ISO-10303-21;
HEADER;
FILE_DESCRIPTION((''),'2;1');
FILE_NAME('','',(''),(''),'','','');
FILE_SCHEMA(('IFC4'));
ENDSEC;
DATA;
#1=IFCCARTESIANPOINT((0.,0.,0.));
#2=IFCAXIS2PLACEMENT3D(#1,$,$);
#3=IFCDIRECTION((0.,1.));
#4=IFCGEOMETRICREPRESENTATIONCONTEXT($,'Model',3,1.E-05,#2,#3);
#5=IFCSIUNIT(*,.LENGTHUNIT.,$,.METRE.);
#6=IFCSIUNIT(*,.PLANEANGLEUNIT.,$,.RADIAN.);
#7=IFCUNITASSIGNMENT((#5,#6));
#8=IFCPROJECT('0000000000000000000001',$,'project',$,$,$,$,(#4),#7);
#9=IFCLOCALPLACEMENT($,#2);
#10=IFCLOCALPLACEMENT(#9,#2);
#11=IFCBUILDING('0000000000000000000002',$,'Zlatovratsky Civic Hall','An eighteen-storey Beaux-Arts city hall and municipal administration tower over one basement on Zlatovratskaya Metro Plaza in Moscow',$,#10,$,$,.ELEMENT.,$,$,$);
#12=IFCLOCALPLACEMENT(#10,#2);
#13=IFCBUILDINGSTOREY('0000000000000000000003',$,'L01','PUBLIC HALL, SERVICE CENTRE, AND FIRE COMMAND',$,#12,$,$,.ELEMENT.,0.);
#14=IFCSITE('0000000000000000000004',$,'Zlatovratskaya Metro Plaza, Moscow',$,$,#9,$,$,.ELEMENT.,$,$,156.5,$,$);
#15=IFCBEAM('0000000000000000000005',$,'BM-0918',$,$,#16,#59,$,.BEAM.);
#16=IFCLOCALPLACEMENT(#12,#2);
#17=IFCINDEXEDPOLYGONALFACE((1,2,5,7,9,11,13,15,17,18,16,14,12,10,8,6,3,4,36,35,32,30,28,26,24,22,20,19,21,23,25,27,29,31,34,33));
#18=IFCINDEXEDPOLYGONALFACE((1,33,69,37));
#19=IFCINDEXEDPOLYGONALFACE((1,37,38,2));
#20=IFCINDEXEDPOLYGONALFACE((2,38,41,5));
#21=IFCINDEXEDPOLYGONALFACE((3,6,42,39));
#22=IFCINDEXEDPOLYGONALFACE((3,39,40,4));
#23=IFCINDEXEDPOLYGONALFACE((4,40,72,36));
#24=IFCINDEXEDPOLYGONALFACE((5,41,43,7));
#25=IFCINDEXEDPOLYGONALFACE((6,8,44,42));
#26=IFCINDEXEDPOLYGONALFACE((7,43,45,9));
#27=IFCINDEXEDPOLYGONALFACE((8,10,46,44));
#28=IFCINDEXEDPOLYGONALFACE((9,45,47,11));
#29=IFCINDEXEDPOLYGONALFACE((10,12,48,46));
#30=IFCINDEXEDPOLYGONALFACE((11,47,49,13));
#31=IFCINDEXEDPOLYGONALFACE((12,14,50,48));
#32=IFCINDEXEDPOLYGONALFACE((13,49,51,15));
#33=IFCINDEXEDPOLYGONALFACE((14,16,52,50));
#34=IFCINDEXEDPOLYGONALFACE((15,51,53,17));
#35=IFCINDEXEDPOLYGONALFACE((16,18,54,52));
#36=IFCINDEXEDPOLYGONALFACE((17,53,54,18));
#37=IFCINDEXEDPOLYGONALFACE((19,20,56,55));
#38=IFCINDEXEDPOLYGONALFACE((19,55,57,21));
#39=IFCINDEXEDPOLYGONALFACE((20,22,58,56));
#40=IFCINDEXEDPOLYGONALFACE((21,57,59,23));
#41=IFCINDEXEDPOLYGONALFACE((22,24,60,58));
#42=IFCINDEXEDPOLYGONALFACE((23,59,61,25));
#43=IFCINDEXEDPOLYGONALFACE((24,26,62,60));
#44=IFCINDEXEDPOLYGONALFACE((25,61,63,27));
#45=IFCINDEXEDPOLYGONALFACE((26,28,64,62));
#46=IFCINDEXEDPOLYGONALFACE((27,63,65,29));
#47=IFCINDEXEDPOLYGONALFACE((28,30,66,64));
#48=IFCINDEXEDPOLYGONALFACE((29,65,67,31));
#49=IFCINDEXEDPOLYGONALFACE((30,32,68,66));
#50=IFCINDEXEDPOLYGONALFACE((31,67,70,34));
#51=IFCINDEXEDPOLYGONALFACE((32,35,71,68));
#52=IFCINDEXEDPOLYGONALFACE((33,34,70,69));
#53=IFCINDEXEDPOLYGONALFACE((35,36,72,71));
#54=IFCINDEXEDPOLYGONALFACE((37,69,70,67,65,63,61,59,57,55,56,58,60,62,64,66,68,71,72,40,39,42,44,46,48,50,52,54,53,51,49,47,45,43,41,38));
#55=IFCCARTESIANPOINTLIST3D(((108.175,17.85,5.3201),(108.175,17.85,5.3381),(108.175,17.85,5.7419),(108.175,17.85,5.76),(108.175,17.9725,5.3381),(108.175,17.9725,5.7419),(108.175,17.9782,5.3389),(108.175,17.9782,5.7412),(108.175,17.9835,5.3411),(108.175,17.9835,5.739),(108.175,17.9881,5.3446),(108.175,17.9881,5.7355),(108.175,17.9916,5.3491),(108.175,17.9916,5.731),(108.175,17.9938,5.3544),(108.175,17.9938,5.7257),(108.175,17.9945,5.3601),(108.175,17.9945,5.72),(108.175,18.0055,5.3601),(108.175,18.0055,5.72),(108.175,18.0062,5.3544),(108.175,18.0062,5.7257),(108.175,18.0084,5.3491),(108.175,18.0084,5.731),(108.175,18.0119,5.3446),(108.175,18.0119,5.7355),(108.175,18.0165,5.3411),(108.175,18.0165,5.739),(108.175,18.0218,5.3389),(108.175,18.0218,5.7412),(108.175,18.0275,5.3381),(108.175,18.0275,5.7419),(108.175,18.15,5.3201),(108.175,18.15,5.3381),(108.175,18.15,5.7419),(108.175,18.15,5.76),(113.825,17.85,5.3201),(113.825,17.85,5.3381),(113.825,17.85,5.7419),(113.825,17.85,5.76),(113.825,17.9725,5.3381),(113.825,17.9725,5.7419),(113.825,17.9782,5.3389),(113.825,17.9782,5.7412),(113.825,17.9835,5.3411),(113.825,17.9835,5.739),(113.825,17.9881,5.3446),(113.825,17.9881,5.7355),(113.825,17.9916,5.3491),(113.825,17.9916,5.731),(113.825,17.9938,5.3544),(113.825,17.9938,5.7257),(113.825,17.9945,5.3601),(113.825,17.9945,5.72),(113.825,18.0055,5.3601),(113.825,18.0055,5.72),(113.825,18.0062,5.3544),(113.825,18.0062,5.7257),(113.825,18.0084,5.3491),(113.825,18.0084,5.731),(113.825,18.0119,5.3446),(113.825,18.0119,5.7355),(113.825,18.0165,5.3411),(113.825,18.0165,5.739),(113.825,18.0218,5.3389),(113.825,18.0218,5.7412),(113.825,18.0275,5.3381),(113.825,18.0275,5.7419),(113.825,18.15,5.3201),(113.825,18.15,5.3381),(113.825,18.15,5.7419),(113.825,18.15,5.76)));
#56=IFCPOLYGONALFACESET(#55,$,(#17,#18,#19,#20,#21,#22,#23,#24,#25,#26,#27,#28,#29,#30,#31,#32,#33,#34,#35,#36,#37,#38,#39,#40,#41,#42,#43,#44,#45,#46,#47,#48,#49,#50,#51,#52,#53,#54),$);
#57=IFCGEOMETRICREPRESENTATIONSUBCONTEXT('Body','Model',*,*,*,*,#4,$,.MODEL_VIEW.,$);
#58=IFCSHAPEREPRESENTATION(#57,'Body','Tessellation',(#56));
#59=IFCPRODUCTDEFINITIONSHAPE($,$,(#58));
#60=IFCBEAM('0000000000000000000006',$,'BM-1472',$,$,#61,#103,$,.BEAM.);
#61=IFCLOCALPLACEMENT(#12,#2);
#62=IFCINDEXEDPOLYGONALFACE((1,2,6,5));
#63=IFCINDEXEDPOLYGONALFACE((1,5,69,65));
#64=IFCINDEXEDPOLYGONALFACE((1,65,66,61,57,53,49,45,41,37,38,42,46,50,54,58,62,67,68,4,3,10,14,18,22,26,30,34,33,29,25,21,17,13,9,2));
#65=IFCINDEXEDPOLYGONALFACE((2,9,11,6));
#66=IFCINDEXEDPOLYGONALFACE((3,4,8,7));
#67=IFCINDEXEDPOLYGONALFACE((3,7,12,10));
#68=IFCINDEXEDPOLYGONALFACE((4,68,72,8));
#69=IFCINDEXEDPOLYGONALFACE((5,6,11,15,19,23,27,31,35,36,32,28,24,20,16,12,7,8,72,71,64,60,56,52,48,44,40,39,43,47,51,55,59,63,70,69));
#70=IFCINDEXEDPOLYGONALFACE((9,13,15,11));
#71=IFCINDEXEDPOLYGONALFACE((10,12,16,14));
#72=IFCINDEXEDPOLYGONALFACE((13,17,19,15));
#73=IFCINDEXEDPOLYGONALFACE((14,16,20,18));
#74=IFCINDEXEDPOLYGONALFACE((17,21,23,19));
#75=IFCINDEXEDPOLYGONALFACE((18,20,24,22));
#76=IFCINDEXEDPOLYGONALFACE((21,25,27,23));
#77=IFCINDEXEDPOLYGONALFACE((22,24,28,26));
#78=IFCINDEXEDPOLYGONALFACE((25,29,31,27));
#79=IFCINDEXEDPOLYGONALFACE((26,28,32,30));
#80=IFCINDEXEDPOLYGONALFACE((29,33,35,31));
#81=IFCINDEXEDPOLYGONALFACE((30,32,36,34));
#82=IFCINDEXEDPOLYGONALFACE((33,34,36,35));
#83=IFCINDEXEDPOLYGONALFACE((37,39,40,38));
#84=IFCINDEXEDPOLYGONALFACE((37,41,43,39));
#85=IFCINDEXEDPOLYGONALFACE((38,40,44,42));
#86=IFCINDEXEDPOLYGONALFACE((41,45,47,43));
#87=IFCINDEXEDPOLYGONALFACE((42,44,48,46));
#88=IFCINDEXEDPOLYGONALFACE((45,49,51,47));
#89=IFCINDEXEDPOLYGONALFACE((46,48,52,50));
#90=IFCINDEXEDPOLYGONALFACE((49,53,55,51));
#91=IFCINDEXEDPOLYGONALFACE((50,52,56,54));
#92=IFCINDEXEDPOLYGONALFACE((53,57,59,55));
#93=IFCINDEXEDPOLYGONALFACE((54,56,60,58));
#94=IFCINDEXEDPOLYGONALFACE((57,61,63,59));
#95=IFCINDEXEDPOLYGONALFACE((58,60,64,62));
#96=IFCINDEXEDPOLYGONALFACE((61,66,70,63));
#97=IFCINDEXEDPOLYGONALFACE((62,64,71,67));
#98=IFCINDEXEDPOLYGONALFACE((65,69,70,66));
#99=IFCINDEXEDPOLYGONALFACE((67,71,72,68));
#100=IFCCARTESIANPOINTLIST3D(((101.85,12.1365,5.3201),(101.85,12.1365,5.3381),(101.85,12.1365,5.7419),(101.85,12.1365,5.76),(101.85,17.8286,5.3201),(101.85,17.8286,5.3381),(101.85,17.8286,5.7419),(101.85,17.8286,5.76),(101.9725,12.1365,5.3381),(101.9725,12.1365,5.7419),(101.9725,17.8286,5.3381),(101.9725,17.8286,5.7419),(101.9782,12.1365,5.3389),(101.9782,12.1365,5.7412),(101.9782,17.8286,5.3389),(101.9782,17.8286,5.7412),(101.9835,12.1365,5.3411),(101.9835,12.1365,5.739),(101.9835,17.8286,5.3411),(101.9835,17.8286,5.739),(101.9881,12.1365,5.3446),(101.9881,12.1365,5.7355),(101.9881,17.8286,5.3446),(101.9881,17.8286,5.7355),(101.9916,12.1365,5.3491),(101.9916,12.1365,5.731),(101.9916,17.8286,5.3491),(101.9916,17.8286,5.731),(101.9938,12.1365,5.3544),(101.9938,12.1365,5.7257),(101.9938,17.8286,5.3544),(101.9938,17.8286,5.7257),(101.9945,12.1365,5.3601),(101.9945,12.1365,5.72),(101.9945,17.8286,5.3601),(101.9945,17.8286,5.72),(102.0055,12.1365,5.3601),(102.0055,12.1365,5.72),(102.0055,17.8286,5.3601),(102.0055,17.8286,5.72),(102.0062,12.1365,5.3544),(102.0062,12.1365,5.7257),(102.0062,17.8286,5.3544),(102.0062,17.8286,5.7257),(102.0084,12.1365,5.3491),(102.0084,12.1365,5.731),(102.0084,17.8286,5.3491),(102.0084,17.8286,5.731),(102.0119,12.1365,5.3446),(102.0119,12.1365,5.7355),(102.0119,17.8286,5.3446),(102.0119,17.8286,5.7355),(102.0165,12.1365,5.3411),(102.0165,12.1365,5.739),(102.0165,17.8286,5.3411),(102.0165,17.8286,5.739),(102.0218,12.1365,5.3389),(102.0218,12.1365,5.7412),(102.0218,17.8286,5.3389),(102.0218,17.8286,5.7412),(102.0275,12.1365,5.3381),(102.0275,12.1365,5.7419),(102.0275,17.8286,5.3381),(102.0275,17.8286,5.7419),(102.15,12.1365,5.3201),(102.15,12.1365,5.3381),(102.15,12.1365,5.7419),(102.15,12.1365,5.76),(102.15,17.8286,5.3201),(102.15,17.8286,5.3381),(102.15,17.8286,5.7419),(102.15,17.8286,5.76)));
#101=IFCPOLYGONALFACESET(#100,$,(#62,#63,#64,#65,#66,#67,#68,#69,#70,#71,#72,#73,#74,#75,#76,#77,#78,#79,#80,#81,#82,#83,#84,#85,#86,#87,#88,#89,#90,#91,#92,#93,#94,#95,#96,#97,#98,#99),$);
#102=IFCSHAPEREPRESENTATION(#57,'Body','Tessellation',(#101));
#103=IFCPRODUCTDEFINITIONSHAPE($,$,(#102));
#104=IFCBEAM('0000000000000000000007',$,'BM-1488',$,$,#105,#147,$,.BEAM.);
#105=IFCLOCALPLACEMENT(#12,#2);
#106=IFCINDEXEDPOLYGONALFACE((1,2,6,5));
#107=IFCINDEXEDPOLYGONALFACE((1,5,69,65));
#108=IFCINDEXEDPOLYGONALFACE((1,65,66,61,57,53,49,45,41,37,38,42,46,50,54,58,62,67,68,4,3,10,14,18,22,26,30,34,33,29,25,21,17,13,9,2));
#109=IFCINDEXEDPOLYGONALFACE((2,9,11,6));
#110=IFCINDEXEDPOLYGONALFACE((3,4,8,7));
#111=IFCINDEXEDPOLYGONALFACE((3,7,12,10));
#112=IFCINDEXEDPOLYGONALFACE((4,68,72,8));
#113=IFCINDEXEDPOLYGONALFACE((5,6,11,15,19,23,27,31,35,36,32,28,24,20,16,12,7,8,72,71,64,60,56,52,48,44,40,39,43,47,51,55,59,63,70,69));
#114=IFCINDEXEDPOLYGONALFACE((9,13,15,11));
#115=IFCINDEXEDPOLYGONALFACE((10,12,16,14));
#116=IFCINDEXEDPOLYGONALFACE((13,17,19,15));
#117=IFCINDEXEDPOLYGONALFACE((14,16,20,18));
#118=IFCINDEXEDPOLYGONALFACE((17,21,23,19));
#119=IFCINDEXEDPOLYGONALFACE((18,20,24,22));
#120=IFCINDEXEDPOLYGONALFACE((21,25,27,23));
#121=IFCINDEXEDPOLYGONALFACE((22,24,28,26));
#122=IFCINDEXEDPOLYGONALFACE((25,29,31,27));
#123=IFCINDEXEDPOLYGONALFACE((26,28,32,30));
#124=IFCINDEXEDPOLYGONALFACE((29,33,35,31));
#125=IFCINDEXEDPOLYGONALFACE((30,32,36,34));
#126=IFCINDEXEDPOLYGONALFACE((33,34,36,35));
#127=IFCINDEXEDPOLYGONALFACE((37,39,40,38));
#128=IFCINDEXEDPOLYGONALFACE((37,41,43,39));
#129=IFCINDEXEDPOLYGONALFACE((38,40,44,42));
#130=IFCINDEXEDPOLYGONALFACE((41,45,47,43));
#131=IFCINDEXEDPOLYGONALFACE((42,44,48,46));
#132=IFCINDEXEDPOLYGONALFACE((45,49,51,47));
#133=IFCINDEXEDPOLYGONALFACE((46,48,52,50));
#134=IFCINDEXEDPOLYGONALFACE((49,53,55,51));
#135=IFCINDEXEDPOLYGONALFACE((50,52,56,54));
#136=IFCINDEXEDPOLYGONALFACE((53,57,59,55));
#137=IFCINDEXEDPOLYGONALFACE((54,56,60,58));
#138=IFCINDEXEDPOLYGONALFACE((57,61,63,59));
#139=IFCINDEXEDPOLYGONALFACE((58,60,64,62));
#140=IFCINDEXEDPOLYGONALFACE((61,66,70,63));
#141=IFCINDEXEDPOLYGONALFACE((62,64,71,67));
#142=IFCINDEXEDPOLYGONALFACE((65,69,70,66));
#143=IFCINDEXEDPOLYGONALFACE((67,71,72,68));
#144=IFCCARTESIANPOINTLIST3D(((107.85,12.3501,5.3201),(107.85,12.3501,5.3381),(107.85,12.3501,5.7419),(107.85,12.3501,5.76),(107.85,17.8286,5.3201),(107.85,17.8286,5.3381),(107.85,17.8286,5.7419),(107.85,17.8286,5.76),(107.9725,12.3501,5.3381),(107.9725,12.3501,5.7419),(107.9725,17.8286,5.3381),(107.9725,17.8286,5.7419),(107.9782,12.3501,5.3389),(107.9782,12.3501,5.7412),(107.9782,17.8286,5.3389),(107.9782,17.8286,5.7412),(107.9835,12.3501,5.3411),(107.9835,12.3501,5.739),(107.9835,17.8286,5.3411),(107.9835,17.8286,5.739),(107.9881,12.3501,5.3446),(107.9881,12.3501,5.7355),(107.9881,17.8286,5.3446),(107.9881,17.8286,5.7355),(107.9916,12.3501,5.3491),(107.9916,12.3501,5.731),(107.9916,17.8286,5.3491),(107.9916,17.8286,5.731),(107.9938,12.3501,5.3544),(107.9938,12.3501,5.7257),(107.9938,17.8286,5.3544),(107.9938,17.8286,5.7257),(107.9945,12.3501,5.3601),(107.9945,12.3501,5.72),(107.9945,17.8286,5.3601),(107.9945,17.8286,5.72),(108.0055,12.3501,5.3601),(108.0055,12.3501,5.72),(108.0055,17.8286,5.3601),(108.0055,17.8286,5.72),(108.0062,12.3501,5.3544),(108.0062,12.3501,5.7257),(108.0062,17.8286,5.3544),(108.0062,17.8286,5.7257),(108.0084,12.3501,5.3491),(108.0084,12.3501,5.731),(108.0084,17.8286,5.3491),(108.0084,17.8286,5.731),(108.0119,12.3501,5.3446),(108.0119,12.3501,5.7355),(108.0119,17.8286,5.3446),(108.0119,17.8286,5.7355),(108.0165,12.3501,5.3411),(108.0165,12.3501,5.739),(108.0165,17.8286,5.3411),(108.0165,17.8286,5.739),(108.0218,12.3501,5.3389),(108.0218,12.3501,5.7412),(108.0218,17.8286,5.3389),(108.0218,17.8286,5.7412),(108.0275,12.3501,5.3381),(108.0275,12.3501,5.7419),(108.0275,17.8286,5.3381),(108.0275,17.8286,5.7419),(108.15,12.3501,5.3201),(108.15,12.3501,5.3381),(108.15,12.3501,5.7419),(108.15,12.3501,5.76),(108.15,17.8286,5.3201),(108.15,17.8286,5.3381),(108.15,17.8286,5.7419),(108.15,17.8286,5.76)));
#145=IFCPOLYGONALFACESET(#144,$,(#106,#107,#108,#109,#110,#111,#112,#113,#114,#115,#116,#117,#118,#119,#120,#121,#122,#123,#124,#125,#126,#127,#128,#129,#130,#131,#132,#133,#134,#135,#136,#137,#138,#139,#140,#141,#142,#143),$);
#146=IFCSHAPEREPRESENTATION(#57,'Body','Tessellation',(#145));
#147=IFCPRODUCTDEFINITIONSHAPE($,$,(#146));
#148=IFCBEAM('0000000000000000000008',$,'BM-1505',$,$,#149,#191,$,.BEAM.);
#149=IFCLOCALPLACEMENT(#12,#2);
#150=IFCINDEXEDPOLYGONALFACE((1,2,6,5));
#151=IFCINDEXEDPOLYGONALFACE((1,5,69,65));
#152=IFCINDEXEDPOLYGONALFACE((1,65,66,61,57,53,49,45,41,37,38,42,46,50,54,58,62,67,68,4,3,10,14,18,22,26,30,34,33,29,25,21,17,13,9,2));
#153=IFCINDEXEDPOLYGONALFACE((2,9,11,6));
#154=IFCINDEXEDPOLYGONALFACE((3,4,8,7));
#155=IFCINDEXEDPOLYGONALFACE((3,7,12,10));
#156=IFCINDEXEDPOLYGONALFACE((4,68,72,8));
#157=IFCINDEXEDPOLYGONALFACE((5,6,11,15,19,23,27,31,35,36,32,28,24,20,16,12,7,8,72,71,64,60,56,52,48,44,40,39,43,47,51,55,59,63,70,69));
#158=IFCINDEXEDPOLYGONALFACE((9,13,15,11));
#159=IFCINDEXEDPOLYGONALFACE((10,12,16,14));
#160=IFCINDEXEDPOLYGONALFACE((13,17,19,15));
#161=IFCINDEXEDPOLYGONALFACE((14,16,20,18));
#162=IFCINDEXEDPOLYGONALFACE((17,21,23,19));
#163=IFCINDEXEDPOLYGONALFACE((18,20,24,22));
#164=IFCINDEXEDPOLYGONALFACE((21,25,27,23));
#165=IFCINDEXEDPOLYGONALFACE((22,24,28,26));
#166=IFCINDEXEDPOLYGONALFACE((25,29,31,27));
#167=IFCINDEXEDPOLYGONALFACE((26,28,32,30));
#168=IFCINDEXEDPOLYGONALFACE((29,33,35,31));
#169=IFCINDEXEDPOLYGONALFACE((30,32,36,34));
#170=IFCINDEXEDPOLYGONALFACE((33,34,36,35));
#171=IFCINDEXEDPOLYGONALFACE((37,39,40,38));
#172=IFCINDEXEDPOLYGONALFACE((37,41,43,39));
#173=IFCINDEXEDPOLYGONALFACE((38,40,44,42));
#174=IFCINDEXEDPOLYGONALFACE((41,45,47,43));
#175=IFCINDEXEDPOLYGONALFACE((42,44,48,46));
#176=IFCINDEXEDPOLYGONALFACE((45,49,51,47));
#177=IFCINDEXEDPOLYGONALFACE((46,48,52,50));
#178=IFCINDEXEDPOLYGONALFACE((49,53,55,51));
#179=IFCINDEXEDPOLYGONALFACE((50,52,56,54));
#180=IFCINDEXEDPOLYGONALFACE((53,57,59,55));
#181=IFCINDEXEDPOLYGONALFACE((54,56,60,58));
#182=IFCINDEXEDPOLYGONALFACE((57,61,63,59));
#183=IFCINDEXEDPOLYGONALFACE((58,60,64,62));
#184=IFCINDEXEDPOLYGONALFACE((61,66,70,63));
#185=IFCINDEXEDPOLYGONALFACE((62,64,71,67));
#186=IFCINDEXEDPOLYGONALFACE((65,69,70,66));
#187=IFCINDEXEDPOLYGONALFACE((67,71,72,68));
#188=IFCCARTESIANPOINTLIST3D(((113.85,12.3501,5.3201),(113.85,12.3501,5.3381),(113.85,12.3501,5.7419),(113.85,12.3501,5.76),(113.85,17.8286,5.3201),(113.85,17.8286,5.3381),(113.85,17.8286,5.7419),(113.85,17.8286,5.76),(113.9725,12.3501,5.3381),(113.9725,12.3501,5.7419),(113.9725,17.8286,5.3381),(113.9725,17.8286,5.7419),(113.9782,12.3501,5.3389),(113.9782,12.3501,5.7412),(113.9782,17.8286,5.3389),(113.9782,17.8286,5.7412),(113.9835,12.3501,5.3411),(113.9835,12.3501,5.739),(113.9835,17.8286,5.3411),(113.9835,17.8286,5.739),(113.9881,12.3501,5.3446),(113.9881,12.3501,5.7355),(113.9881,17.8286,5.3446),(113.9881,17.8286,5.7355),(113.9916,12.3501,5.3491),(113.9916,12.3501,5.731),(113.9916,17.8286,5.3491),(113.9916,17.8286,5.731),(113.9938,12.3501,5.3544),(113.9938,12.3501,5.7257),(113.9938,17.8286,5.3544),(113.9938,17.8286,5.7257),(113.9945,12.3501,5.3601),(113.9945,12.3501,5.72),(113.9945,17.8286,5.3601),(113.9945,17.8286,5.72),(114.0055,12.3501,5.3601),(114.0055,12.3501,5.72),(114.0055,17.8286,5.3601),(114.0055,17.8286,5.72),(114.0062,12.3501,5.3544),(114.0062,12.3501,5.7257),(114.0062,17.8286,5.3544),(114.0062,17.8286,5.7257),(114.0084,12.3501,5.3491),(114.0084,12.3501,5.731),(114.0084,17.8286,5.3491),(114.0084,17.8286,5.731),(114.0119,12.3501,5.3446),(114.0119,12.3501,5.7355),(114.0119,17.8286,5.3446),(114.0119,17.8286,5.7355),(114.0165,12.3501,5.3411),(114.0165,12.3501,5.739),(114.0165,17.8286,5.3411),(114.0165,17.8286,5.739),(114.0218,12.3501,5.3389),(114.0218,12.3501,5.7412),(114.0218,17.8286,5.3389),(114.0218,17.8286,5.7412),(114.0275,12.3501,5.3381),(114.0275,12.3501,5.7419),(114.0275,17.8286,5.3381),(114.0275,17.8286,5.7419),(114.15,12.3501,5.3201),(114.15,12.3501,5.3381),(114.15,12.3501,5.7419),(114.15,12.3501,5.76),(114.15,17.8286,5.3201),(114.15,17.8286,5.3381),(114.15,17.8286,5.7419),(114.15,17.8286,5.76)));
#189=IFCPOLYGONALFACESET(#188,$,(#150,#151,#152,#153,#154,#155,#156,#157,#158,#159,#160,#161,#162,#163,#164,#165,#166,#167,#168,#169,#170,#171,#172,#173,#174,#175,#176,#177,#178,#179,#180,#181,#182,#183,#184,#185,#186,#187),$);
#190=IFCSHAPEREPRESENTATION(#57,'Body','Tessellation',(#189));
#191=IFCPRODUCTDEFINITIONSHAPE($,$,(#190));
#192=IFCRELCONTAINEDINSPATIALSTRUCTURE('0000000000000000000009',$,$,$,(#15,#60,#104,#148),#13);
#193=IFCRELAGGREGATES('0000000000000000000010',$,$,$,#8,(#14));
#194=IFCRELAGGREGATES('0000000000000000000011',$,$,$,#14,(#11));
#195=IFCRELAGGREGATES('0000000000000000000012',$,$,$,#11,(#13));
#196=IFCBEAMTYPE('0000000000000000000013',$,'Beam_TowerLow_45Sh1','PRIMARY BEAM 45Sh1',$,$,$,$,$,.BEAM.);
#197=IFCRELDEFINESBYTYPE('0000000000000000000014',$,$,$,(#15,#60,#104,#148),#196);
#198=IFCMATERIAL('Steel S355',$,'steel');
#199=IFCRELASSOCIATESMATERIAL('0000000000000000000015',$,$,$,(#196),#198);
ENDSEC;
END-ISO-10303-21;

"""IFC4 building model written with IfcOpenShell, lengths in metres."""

from ifc_helpers import new_model, si_unit, direction, frame, origin, origin_2d, place, context, subcontext, project, spatial, i_section, extrude, material, material_profile, profile_set, type_object, element, save


model = new_model("IFC4")

# Units and contexts
model_context = context("Model", 3, precision=1e-05, world=origin(), true_north=direction((0.0, 1.0)))
body_context = subcontext(model_context, "Body", "Model", "MODEL_VIEW")
ifc_project = project(units=[si_unit("LENGTHUNIT", "METRE"), si_unit("PLANEANGLEUNIT", "RADIAN")], contexts=[model_context])

# Site, building, storey
site_placement = place(None, origin())
site = spatial("IfcSite", under=ifc_project, at=site_placement, Name="Zlatovratskaya Metro Plaza, Moscow", CompositionType="ELEMENT", RefElevation=156.5)
building_placement = place(site_placement, origin())
building = spatial("IfcBuilding", under=site, at=building_placement, Name="Zlatovratsky Civic Hall", Description="An eighteen-storey Beaux-Arts city hall and municipal administration tower over one basement on Zlatovratskaya Metro Plaza in Moscow", CompositionType="ELEMENT")
storey_placement = place(building_placement, origin())
storey = spatial("IfcBuildingStorey", under=building, at=storey_placement, Name="L01", Description="PUBLIC HALL, SERVICE CENTRE, AND FIRE COMMAND", CompositionType="ELEMENT", Elevation=0.0)

# Shared definitions
ifc_material_1 = material(Name="Steel S355", Category="steel")

# Beams
ifc_material_profile_1 = material_profile(ifc_material_1, i_section(OverallWidth=0.3, OverallDepth=0.4399, WebThickness=0.011, FlangeThickness=0.0181, FilletRadius=0.022, at=origin_2d()), Name="45Sh1")
ifc_profile_set_1 = profile_set([ifc_material_profile_1], Name="Steel S355")
beam_type_1 = type_object("IfcBeamType", Name="Beam_TowerLow_45Sh1", Description="PRIMARY BEAM 45Sh1", PredefinedType="BEAM", material=ifc_profile_set_1)
for number, where, z_axis, x_axis, name in (
    (1, (108.175, 18.0, 5.54), (1.0, 0.0, 0.0), (0.0, 1.0, 0.0), "BM-0918"),
):
    element("IfcBeam", number, at=place(storey_placement, frame(where, z_axis=z_axis, x_axis=x_axis)), inside=storey, type_object=beam_type_1, Name=name, PredefinedType="BEAM", context=body_context, shape_type="SweptSolid", body=[
        extrude(i_section(OverallWidth=0.3, OverallDepth=0.4399, WebThickness=0.011, FlangeThickness=0.0181, FilletRadius=0.022, at=origin_2d()), origin(), (0.0, 0.0, 1.0), 5.6499),
    ])
beam_1_placement = place(storey_placement, frame((102.0, 12.1365, 5.54), z_axis=(0.0, 1.0, 0.0), x_axis=(-1.0, 0.0, 0.0)))
element("IfcBeam", 2, at=beam_1_placement, inside=storey, type_object=beam_type_1, Name="BM-1472", PredefinedType="BEAM", context=body_context, shape_type="SweptSolid", body=[
    extrude(i_section(OverallWidth=0.3, OverallDepth=0.4399, WebThickness=0.011, FlangeThickness=0.0181, FilletRadius=0.022, at=origin_2d()), origin(), (0.0, 0.0, 1.0), 5.6921),
])
for number, where, z_axis, x_axis, name in (
    (3, (108.0, 12.3501, 5.54), (0.0, 1.0, 0.0), (-1.0, 0.0, 0.0), "BM-1488"),
    (4, (114.0, 12.3501, 5.54), (0.0, 1.0, 0.0), (-1.0, 0.0, 0.0), "BM-1505"),
):
    element("IfcBeam", number, at=place(storey_placement, frame(where, z_axis=z_axis, x_axis=x_axis)), inside=storey, type_object=beam_type_1, Name=name, PredefinedType="BEAM", context=body_context, shape_type="SweptSolid", body=[
        extrude(i_section(OverallWidth=0.3, OverallDepth=0.4399, WebThickness=0.011, FlangeThickness=0.0181, FilletRadius=0.022, at=origin_2d()), origin(), (0.0, 0.0, 1.0), 5.4785),
    ])

save(model, "model.ifc")
